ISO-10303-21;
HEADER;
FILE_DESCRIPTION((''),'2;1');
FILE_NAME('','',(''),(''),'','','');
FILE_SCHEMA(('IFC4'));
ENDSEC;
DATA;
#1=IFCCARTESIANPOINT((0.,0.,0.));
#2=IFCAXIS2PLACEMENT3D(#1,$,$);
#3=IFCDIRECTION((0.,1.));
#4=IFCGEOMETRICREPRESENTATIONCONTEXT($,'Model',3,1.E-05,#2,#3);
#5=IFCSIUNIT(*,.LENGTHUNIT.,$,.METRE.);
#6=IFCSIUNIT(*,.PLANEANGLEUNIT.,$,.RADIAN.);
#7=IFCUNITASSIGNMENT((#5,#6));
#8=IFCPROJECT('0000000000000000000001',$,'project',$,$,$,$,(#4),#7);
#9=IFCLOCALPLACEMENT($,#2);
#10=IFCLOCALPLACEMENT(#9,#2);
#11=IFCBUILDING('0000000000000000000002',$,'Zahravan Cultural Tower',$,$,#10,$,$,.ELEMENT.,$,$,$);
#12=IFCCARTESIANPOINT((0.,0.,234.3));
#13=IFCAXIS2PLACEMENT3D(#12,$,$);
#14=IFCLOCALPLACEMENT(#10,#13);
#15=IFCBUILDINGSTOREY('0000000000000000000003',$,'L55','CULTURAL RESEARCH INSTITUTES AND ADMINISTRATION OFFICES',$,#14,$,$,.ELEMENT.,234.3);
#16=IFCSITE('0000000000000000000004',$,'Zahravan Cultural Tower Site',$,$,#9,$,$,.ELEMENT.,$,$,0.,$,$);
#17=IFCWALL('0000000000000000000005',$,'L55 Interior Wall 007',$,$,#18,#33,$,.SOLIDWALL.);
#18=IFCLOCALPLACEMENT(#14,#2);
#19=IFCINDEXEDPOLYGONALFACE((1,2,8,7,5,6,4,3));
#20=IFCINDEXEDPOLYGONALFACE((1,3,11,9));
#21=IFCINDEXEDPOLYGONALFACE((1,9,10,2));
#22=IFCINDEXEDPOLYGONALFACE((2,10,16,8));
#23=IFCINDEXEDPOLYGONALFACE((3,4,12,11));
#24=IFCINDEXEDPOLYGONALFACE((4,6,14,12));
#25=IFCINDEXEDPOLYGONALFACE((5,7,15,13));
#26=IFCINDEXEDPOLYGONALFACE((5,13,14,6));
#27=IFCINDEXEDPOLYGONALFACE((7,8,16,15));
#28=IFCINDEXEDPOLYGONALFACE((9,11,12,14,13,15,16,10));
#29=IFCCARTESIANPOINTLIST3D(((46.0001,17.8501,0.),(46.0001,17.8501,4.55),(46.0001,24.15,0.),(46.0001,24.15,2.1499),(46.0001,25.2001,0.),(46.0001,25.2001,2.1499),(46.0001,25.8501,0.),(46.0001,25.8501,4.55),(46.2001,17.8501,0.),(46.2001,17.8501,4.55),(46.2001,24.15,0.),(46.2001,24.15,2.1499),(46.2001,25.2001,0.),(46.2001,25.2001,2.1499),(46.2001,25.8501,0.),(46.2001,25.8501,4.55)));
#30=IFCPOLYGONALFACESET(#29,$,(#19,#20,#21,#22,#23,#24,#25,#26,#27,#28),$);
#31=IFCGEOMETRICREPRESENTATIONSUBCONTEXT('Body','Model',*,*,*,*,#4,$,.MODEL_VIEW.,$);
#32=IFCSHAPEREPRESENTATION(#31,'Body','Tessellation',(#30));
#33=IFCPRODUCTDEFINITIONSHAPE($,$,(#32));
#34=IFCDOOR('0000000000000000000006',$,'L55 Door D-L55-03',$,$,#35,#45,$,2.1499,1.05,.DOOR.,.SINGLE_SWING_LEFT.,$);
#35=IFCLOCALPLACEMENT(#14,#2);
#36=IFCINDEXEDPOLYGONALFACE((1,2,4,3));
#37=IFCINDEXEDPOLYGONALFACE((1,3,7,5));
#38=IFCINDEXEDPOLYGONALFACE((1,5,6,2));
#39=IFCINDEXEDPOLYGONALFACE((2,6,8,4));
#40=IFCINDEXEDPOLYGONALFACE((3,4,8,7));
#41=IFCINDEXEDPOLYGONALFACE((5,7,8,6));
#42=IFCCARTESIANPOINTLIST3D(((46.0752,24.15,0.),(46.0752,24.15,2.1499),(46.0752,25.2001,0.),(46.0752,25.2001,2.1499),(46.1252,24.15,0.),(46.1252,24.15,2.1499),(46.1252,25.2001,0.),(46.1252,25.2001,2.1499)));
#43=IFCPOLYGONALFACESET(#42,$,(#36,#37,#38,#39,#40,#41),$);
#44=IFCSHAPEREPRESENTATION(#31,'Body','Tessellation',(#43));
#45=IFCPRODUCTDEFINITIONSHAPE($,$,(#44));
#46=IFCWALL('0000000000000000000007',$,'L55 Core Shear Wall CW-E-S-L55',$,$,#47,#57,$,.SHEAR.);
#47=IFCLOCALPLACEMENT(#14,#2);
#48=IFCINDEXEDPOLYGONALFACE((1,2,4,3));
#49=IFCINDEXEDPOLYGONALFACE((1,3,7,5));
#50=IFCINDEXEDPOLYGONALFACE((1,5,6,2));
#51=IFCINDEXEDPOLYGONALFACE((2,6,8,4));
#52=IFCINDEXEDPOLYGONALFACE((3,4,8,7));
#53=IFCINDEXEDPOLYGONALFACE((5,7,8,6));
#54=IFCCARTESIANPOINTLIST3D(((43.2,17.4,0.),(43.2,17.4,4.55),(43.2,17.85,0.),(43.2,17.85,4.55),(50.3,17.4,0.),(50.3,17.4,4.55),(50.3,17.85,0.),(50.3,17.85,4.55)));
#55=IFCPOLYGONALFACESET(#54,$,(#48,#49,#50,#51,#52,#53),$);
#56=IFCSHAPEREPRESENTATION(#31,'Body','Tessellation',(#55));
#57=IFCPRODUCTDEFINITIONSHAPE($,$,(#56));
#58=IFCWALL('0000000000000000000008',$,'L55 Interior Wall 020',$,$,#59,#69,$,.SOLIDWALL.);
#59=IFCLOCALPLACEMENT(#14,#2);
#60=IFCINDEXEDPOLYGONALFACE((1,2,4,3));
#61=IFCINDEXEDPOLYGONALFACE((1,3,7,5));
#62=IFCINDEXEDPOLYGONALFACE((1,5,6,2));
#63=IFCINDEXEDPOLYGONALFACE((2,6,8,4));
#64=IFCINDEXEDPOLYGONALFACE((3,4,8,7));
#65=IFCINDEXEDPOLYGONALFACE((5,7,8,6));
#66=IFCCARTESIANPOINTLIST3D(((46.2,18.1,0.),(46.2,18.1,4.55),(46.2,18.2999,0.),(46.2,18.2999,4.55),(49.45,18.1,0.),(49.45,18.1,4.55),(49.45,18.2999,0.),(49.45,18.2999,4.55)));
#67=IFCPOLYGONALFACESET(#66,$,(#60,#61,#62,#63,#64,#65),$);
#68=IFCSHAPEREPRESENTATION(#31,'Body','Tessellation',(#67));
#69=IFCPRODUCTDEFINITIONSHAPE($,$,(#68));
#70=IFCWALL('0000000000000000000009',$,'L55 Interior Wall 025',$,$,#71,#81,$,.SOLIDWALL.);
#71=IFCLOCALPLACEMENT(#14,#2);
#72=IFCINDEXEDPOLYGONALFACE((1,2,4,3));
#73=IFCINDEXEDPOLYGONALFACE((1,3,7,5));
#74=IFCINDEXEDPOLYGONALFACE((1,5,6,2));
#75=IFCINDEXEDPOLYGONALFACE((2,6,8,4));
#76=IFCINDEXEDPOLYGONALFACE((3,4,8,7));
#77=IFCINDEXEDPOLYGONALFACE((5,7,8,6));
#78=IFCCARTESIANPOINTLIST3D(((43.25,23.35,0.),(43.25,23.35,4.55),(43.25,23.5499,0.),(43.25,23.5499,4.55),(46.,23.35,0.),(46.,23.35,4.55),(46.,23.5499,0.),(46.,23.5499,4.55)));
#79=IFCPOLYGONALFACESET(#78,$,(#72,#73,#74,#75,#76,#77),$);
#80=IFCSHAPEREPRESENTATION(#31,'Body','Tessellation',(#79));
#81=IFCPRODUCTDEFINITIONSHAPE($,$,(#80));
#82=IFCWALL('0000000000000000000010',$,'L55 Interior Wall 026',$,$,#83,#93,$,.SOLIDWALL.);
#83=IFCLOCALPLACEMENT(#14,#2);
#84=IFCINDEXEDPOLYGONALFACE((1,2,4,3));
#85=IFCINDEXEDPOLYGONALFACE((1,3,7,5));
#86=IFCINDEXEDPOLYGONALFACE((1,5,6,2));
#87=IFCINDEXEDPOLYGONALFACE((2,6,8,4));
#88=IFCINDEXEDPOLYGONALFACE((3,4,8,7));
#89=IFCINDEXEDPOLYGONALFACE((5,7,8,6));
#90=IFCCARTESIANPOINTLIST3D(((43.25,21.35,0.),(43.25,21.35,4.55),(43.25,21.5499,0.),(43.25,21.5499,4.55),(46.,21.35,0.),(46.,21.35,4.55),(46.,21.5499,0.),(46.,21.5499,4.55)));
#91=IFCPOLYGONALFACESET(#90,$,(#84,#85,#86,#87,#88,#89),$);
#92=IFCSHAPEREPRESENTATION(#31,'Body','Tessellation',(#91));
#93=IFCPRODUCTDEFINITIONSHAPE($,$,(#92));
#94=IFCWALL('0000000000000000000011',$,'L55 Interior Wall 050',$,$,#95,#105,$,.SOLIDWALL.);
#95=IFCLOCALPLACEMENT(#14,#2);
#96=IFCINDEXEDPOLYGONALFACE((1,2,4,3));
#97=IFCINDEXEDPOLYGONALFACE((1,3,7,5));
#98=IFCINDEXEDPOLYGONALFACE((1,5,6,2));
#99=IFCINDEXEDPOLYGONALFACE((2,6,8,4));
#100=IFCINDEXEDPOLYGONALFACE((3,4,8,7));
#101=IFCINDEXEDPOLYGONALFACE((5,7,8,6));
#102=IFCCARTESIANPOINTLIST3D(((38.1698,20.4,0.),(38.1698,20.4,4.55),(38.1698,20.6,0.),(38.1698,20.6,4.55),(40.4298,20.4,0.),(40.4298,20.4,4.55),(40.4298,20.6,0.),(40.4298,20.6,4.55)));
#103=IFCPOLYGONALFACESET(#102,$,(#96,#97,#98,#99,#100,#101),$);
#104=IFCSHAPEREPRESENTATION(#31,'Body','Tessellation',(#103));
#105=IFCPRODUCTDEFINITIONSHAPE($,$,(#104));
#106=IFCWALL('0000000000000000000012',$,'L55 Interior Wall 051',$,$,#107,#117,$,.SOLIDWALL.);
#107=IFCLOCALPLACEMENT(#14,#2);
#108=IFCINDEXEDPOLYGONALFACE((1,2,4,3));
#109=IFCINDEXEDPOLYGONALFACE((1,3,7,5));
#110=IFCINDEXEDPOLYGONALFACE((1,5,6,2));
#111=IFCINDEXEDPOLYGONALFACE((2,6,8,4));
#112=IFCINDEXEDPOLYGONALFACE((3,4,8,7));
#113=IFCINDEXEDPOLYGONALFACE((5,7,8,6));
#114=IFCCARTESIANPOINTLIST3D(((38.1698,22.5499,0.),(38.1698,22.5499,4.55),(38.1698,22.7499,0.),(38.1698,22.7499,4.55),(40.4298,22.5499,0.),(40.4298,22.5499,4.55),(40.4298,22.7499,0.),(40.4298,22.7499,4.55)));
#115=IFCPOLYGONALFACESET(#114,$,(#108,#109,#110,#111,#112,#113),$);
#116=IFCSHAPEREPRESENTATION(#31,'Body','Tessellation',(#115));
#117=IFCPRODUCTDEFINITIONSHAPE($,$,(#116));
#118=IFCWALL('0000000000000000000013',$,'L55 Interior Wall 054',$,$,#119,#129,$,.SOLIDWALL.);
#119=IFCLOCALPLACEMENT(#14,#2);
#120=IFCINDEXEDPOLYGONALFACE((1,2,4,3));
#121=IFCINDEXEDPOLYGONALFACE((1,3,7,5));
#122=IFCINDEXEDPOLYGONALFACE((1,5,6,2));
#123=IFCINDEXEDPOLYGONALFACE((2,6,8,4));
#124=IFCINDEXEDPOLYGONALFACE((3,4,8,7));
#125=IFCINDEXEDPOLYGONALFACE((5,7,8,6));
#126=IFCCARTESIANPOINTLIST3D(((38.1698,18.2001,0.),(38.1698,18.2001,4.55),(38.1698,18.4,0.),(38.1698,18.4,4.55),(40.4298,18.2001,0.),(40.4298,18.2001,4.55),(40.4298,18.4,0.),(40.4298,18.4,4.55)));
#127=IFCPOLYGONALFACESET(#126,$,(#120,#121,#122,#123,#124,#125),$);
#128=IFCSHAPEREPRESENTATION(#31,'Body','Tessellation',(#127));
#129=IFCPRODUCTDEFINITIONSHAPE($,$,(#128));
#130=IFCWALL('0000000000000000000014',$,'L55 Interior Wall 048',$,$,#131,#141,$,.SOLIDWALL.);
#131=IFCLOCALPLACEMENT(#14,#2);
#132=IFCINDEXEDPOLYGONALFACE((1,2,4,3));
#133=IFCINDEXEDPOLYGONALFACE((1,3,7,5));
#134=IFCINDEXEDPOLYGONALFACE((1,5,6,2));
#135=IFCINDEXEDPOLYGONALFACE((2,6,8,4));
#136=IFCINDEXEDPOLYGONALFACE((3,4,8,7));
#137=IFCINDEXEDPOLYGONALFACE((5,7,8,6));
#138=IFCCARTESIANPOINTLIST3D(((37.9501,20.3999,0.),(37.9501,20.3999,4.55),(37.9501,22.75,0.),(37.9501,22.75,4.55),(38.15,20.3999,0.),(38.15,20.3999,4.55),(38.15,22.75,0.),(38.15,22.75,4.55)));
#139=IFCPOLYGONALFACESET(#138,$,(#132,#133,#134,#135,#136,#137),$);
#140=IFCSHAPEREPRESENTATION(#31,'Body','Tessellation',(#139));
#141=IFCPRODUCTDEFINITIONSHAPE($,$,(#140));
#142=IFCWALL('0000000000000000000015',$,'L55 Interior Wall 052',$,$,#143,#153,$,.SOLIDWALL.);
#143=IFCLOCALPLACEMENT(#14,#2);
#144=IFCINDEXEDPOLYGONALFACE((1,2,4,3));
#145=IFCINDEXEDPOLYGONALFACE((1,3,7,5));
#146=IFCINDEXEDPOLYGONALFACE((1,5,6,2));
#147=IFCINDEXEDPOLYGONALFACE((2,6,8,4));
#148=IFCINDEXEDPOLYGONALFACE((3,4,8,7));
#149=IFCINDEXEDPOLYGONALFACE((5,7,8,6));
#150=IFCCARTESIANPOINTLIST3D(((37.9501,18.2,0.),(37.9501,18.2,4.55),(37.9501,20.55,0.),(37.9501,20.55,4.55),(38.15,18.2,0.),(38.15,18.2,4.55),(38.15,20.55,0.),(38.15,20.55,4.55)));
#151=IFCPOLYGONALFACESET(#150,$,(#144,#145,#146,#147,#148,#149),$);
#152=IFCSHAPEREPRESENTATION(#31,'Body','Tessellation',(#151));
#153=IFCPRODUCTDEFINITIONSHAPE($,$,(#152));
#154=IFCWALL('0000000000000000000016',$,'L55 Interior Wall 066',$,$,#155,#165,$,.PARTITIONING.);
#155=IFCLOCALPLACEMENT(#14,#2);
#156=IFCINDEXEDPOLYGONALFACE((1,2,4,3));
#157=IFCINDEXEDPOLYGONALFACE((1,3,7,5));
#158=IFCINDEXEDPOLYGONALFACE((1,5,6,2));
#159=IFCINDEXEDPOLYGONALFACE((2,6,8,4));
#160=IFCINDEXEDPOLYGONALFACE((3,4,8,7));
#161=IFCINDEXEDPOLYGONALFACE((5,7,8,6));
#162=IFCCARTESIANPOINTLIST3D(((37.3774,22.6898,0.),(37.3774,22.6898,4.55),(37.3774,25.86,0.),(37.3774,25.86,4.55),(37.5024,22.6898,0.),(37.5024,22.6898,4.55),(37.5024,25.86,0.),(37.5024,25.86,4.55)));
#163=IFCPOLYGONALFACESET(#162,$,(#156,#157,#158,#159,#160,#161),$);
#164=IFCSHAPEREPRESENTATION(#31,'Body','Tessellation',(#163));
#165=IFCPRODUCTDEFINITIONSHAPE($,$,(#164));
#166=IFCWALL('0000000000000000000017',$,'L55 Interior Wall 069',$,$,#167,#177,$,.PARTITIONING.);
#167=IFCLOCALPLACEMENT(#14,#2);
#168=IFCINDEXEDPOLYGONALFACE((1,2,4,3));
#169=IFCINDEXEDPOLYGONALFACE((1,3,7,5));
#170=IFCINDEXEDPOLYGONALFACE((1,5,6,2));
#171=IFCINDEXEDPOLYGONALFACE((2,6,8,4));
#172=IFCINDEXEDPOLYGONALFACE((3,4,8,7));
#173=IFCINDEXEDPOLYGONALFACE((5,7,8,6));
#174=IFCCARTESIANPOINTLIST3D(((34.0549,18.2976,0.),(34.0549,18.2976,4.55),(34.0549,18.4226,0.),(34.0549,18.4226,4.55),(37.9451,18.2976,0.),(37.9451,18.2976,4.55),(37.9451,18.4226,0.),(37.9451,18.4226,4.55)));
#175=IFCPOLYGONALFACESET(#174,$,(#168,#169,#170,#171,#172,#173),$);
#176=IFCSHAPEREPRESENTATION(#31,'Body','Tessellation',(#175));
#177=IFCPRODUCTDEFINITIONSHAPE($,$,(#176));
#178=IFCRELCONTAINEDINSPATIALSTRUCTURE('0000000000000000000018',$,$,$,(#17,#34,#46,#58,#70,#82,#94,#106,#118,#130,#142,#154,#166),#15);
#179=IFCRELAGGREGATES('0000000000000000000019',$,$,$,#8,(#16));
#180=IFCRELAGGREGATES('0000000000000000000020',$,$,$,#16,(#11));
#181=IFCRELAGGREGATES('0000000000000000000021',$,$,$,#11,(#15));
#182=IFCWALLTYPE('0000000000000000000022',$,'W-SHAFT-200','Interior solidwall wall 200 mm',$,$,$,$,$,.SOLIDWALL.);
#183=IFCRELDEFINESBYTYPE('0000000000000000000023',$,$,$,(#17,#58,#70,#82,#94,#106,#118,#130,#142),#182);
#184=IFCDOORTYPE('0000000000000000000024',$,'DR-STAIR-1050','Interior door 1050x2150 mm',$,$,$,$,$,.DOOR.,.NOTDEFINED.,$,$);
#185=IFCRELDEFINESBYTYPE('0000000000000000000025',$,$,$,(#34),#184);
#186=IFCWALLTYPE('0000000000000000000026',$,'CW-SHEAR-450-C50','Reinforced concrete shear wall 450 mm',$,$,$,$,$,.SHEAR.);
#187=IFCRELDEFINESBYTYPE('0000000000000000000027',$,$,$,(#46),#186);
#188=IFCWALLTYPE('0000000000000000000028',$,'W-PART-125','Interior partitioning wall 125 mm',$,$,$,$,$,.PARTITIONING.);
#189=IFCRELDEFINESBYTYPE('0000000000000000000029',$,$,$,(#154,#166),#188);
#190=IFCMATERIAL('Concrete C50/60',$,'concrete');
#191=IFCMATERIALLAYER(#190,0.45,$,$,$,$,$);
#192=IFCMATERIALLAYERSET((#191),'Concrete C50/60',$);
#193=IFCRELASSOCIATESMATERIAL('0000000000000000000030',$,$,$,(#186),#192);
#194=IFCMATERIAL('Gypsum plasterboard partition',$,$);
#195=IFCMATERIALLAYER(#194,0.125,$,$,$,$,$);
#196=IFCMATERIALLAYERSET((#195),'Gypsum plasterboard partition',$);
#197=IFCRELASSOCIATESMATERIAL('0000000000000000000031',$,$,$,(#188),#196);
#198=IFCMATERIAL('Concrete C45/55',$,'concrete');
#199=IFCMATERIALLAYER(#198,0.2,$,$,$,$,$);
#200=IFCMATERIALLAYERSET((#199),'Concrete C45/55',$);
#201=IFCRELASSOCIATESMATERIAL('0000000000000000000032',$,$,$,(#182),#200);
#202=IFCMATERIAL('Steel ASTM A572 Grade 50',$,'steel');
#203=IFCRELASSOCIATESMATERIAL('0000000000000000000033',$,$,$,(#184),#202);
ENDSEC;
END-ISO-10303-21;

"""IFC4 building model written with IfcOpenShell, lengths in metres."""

from ifc_helpers import new_model, si_unit, direction, frame, frame_2d, origin, place, context, subcontext, project, spatial, rectangle, extrude, source, transform, mapped, material, layer, layer_set, type_object, element, fill, save


model = new_model("IFC4")

# Units and contexts
model_context = context("Model", 3, precision=1e-05, world=origin(), true_north=direction((0.0, 1.0)))
body_context = subcontext(model_context, "Body", "Model", "MODEL_VIEW")
ifc_project = project(units=[si_unit("LENGTHUNIT", "METRE"), si_unit("PLANEANGLEUNIT", "RADIAN")], contexts=[model_context])

# Site, building, storey
site_placement = place(None, origin())
site = spatial("IfcSite", under=ifc_project, at=site_placement, Name="Zahravan Cultural Tower Site", CompositionType="ELEMENT", RefElevation=0.0)
building_placement = place(site_placement, origin())
building = spatial("IfcBuilding", under=site, at=building_placement, Name="Zahravan Cultural Tower", CompositionType="ELEMENT")
storey_placement = place(building_placement, frame((0.0, 0.0, 234.3)))
storey = spatial("IfcBuildingStorey", under=building, at=storey_placement, Name="L55", Description="CULTURAL RESEARCH INSTITUTES AND ADMINISTRATION OFFICES", CompositionType="ELEMENT", Elevation=234.3)

# Shared definitions
ifc_material_1 = material(Name="Concrete C50/60", Category="concrete")

# Shared definitions
ifc_material_2 = material(Name="Steel ASTM A572 Grade 50", Category="steel")

# Shared definitions
ifc_layer_1 = layer(ifc_material_1, 0.45)
ifc_layer_set_1 = layer_set([ifc_layer_1], Name="Concrete C50/60")
wall_type_1 = type_object("IfcWallType", Name="CW-SHEAR-450-C50", Description="Reinforced concrete shear wall 450 mm", PredefinedType="SHEAR", material=ifc_layer_set_1)

# Wall, opening, door
ifc_material_3 = material(Name="Gypsum plasterboard partition")
ifc_layer_2 = layer(ifc_material_3, 0.125)
ifc_layer_set_2 = layer_set([ifc_layer_2], Name="Gypsum plasterboard partition")
wall_type_2 = type_object("IfcWallType", Name="W-PART-125", Description="Interior partitioning wall 125 mm", PredefinedType="PARTITIONING", material=ifc_layer_set_2)
ifc_material_4 = material(Name="Concrete C45/55", Category="concrete")
ifc_layer_3 = layer(ifc_material_4, 0.2)
ifc_layer_set_3 = layer_set([ifc_layer_3], Name="Concrete C45/55")
wall_type_3 = type_object("IfcWallType", Name="W-SHAFT-200", Description="Interior solidwall wall 200 mm", PredefinedType="SOLIDWALL", material=ifc_layer_set_3)
wall_1_placement = place(storey_placement, frame((46.1001, 17.8501, 0.0), z_axis=(0.0, 0.0, 1.0), x_axis=(0.0, 1.0, 0.0)))
wall_1 = element("IfcWall", 1, at=wall_1_placement, inside=storey, type_object=wall_type_3, Name="L55 Interior Wall 007", PredefinedType="SOLIDWALL", context=body_context, shape_type="SweptSolid", body=[
    extrude(rectangle(XDim=8.0, YDim=0.2, at=frame_2d((4.0, 0.0))), origin(), (0.0, 0.0, 1.0), 4.55),
])
opening_1_placement = place(wall_1_placement, frame((6.3, 0.0, 0.0)))
opening_1 = element("IfcOpeningElement", 2, at=opening_1_placement, cuts=wall_1, PredefinedType="OPENING", context=body_context, shape_type="SweptSolid", body=[
    extrude(rectangle(XDim=1.05, YDim=2.1499, at=frame_2d((0.5249, 1.075))), frame((0.0, 0.1099, 0.0), z_axis=(0.0, -1.0, 0.0), x_axis=(1.0, 0.0, 0.0)), (0.0, 0.0, 1.0), 0.22),
])
door_type_1 = type_object("IfcDoorType", Name="DR-STAIR-1050", Description="Interior door 1050x2150 mm", OperationType="NOTDEFINED", PredefinedType="DOOR", material=ifc_material_2)
shared_shape_1 = source(origin(), body_context, "Body", "SweptSolid", [
    extrude(rectangle(XDim=1.05, YDim=2.1499, at=frame_2d((0.5249, 1.075))), frame((0.0, 0.0249, 0.0), z_axis=(0.0, -1.0, 0.0), x_axis=(1.0, 0.0, 0.0)), (0.0, 0.0, 1.0), 0.05),
])
door_1_placement = place(opening_1_placement, origin())
door_1 = element("IfcDoor", 3, at=door_1_placement, inside=storey, type_object=door_type_1, Name="L55 Door D-L55-03", OperationType="SINGLE_SWING_LEFT", OverallHeight=2.1499, OverallWidth=1.05, PredefinedType="DOOR", context=body_context, shape_type="MappedRepresentation", body=[
    mapped(shared_shape_1, transform((0.0, 0.0, 0.0), x_axis=(1.0, 0.0, 0.0), y_axis=(0.0, 1.0, 0.0), z_axis=(0.0, 0.0, 1.0), scale=1.0)),
])
fill(opening_1, door_1)

# Walls
shared_shape_2 = source(origin(), body_context, "Body", "SweptSolid", [
    extrude(rectangle(XDim=7.1001, YDim=0.45, at=frame_2d((3.55, 0.0))), origin(), (0.0, 0.0, 1.0), 4.55),
])
wall_2_placement = place(storey_placement, frame((43.2, 17.625, 0.0), z_axis=(0.0, 0.0, 1.0), x_axis=(1.0, 0.0, 0.0)))
element("IfcWall", 4, at=wall_2_placement, inside=storey, type_object=wall_type_1, Name="L55 Core Shear Wall CW-E-S-L55", PredefinedType="SHEAR", context=body_context, shape_type="MappedRepresentation", body=[
    mapped(shared_shape_2, transform((0.0, 0.0, 0.0), x_axis=(1.0, 0.0, 0.0), y_axis=(0.0, 1.0, 0.0), z_axis=(0.0, 0.0, 1.0), scale=1.0)),
])
shared_shape_3 = source(origin(), body_context, "Body", "SweptSolid", [
    extrude(rectangle(XDim=3.25, YDim=0.2, at=frame_2d((1.625, 0.0))), origin(), (0.0, 0.0, 1.0), 4.55),
])
wall_3_placement = place(storey_placement, frame((46.2, 18.2, 0.0), z_axis=(0.0, 0.0, 1.0), x_axis=(1.0, 0.0, 0.0)))
element("IfcWall", 5, at=wall_3_placement, inside=storey, type_object=wall_type_3, Name="L55 Interior Wall 020", PredefinedType="SOLIDWALL", context=body_context, shape_type="MappedRepresentation", body=[
    mapped(shared_shape_3, transform((0.0, 0.0, 0.0), x_axis=(1.0, 0.0, 0.0), y_axis=(0.0, 1.0, 0.0), z_axis=(0.0, 0.0, 1.0), scale=1.0)),
])
shared_shape_4 = source(origin(), body_context, "Body", "SweptSolid", [
    extrude(rectangle(XDim=2.75, YDim=0.2, at=frame_2d((1.375, 0.0))), origin(), (0.0, 0.0, 1.0), 4.55),
])
for number, where, z_axis, x_axis, name in (
    (6, (43.25, 23.45, 0.0), (0.0, 0.0, 1.0), (1.0, 0.0, 0.0), "L55 Interior Wall 025"),
    (7, (43.25, 21.45, 0.0), (0.0, 0.0, 1.0), (1.0, 0.0, 0.0), "L55 Interior Wall 026"),
):
    element("IfcWall", number, at=place(storey_placement, frame(where, z_axis=z_axis, x_axis=x_axis)), inside=storey, type_object=wall_type_3, Name=name, PredefinedType="SOLIDWALL", context=body_context, shape_type="MappedRepresentation", body=[
        mapped(shared_shape_4, transform((0.0, 0.0, 0.0), x_axis=(1.0, 0.0, 0.0), y_axis=(0.0, 1.0, 0.0), z_axis=(0.0, 0.0, 1.0), scale=1.0)),
    ])
shared_shape_5 = source(origin(), body_context, "Body", "SweptSolid", [
    extrude(rectangle(XDim=2.26, YDim=0.2, at=frame_2d((1.1299, 0.0))), origin(), (0.0, 0.0, 1.0), 4.55),
])
for number, where, z_axis, x_axis, name in (
    (8, (38.1699, 20.5, 0.0), (0.0, 0.0, 1.0), (1.0, 0.0, 0.0), "L55 Interior Wall 050"),
    (9, (38.1699, 22.6499, 0.0), (0.0, 0.0, 1.0), (1.0, 0.0, 0.0), "L55 Interior Wall 051"),
    (10, (38.1699, 18.3, 0.0), (0.0, 0.0, 1.0), (1.0, 0.0, 0.0), "L55 Interior Wall 054"),
):
    element("IfcWall", number, at=place(storey_placement, frame(where, z_axis=z_axis, x_axis=x_axis)), inside=storey, type_object=wall_type_3, Name=name, PredefinedType="SOLIDWALL", context=body_context, shape_type="MappedRepresentation", body=[
        mapped(shared_shape_5, transform((0.0, 0.0, 0.0), x_axis=(1.0, 0.0, 0.0), y_axis=(0.0, 1.0, 0.0), z_axis=(0.0, 0.0, 1.0), scale=1.0)),
    ])
shared_shape_6 = source(origin(), body_context, "Body", "SweptSolid", [
    extrude(rectangle(XDim=2.3501, YDim=0.2, at=frame_2d((1.175, 0.0))), origin(), (0.0, 0.0, 1.0), 4.55),
])
for number, where, z_axis, x_axis, name in (
    (11, (38.05, 20.3999, 0.0), (0.0, 0.0, 1.0), (0.0, 1.0, 0.0), "L55 Interior Wall 048"),
    (12, (38.05, 18.2, 0.0), (0.0, 0.0, 1.0), (0.0, 1.0, 0.0), "L55 Interior Wall 052"),
):
    element("IfcWall", number, at=place(storey_placement, frame(where, z_axis=z_axis, x_axis=x_axis)), inside=storey, type_object=wall_type_3, Name=name, PredefinedType="SOLIDWALL", context=body_context, shape_type="MappedRepresentation", body=[
        mapped(shared_shape_6, transform((0.0, 0.0, 0.0), x_axis=(1.0, 0.0, 0.0), y_axis=(0.0, 1.0, 0.0), z_axis=(0.0, 0.0, 1.0), scale=1.0)),
    ])
shared_shape_7 = source(origin(), body_context, "Body", "SweptSolid", [
    extrude(rectangle(XDim=3.1702, YDim=0.125, at=frame_2d((1.585, 0.0))), origin(), (0.0, 0.0, 1.0), 4.55),
])
wall_4_placement = place(storey_placement, frame((37.4399, 22.6899, 0.0), z_axis=(0.0, 0.0, 1.0), x_axis=(0.0, 1.0, 0.0)))
element("IfcWall", 13, at=wall_4_placement, inside=storey, type_object=wall_type_2, Name="L55 Interior Wall 066", PredefinedType="PARTITIONING", context=body_context, shape_type="MappedRepresentation", body=[
    mapped(shared_shape_7, transform((0.0, 0.0, 0.0), x_axis=(1.0, 0.0, 0.0), y_axis=(0.0, 1.0, 0.0), z_axis=(0.0, 0.0, 1.0), scale=1.0)),
])
shared_shape_8 = source(origin(), body_context, "Body", "SweptSolid", [
    extrude(rectangle(XDim=3.8901, YDim=0.125, at=frame_2d((1.9451, 0.0))), origin(), (0.0, 0.0, 1.0), 4.55),
])
wall_5_placement = place(storey_placement, frame((37.9451, 18.3601, 0.0), z_axis=(0.0, 0.0, 1.0), x_axis=(-1.0, 0.0, 0.0)))
element("IfcWall", 14, at=wall_5_placement, inside=storey, type_object=wall_type_2, Name="L55 Interior Wall 069", PredefinedType="PARTITIONING", context=body_context, shape_type="MappedRepresentation", body=[
    mapped(shared_shape_8, transform((0.0, 0.0, 0.0), x_axis=(1.0, 0.0, 0.0), y_axis=(0.0, 1.0, 0.0), z_axis=(0.0, 0.0, 1.0), scale=1.0)),
])

save(model, "model.ifc")
